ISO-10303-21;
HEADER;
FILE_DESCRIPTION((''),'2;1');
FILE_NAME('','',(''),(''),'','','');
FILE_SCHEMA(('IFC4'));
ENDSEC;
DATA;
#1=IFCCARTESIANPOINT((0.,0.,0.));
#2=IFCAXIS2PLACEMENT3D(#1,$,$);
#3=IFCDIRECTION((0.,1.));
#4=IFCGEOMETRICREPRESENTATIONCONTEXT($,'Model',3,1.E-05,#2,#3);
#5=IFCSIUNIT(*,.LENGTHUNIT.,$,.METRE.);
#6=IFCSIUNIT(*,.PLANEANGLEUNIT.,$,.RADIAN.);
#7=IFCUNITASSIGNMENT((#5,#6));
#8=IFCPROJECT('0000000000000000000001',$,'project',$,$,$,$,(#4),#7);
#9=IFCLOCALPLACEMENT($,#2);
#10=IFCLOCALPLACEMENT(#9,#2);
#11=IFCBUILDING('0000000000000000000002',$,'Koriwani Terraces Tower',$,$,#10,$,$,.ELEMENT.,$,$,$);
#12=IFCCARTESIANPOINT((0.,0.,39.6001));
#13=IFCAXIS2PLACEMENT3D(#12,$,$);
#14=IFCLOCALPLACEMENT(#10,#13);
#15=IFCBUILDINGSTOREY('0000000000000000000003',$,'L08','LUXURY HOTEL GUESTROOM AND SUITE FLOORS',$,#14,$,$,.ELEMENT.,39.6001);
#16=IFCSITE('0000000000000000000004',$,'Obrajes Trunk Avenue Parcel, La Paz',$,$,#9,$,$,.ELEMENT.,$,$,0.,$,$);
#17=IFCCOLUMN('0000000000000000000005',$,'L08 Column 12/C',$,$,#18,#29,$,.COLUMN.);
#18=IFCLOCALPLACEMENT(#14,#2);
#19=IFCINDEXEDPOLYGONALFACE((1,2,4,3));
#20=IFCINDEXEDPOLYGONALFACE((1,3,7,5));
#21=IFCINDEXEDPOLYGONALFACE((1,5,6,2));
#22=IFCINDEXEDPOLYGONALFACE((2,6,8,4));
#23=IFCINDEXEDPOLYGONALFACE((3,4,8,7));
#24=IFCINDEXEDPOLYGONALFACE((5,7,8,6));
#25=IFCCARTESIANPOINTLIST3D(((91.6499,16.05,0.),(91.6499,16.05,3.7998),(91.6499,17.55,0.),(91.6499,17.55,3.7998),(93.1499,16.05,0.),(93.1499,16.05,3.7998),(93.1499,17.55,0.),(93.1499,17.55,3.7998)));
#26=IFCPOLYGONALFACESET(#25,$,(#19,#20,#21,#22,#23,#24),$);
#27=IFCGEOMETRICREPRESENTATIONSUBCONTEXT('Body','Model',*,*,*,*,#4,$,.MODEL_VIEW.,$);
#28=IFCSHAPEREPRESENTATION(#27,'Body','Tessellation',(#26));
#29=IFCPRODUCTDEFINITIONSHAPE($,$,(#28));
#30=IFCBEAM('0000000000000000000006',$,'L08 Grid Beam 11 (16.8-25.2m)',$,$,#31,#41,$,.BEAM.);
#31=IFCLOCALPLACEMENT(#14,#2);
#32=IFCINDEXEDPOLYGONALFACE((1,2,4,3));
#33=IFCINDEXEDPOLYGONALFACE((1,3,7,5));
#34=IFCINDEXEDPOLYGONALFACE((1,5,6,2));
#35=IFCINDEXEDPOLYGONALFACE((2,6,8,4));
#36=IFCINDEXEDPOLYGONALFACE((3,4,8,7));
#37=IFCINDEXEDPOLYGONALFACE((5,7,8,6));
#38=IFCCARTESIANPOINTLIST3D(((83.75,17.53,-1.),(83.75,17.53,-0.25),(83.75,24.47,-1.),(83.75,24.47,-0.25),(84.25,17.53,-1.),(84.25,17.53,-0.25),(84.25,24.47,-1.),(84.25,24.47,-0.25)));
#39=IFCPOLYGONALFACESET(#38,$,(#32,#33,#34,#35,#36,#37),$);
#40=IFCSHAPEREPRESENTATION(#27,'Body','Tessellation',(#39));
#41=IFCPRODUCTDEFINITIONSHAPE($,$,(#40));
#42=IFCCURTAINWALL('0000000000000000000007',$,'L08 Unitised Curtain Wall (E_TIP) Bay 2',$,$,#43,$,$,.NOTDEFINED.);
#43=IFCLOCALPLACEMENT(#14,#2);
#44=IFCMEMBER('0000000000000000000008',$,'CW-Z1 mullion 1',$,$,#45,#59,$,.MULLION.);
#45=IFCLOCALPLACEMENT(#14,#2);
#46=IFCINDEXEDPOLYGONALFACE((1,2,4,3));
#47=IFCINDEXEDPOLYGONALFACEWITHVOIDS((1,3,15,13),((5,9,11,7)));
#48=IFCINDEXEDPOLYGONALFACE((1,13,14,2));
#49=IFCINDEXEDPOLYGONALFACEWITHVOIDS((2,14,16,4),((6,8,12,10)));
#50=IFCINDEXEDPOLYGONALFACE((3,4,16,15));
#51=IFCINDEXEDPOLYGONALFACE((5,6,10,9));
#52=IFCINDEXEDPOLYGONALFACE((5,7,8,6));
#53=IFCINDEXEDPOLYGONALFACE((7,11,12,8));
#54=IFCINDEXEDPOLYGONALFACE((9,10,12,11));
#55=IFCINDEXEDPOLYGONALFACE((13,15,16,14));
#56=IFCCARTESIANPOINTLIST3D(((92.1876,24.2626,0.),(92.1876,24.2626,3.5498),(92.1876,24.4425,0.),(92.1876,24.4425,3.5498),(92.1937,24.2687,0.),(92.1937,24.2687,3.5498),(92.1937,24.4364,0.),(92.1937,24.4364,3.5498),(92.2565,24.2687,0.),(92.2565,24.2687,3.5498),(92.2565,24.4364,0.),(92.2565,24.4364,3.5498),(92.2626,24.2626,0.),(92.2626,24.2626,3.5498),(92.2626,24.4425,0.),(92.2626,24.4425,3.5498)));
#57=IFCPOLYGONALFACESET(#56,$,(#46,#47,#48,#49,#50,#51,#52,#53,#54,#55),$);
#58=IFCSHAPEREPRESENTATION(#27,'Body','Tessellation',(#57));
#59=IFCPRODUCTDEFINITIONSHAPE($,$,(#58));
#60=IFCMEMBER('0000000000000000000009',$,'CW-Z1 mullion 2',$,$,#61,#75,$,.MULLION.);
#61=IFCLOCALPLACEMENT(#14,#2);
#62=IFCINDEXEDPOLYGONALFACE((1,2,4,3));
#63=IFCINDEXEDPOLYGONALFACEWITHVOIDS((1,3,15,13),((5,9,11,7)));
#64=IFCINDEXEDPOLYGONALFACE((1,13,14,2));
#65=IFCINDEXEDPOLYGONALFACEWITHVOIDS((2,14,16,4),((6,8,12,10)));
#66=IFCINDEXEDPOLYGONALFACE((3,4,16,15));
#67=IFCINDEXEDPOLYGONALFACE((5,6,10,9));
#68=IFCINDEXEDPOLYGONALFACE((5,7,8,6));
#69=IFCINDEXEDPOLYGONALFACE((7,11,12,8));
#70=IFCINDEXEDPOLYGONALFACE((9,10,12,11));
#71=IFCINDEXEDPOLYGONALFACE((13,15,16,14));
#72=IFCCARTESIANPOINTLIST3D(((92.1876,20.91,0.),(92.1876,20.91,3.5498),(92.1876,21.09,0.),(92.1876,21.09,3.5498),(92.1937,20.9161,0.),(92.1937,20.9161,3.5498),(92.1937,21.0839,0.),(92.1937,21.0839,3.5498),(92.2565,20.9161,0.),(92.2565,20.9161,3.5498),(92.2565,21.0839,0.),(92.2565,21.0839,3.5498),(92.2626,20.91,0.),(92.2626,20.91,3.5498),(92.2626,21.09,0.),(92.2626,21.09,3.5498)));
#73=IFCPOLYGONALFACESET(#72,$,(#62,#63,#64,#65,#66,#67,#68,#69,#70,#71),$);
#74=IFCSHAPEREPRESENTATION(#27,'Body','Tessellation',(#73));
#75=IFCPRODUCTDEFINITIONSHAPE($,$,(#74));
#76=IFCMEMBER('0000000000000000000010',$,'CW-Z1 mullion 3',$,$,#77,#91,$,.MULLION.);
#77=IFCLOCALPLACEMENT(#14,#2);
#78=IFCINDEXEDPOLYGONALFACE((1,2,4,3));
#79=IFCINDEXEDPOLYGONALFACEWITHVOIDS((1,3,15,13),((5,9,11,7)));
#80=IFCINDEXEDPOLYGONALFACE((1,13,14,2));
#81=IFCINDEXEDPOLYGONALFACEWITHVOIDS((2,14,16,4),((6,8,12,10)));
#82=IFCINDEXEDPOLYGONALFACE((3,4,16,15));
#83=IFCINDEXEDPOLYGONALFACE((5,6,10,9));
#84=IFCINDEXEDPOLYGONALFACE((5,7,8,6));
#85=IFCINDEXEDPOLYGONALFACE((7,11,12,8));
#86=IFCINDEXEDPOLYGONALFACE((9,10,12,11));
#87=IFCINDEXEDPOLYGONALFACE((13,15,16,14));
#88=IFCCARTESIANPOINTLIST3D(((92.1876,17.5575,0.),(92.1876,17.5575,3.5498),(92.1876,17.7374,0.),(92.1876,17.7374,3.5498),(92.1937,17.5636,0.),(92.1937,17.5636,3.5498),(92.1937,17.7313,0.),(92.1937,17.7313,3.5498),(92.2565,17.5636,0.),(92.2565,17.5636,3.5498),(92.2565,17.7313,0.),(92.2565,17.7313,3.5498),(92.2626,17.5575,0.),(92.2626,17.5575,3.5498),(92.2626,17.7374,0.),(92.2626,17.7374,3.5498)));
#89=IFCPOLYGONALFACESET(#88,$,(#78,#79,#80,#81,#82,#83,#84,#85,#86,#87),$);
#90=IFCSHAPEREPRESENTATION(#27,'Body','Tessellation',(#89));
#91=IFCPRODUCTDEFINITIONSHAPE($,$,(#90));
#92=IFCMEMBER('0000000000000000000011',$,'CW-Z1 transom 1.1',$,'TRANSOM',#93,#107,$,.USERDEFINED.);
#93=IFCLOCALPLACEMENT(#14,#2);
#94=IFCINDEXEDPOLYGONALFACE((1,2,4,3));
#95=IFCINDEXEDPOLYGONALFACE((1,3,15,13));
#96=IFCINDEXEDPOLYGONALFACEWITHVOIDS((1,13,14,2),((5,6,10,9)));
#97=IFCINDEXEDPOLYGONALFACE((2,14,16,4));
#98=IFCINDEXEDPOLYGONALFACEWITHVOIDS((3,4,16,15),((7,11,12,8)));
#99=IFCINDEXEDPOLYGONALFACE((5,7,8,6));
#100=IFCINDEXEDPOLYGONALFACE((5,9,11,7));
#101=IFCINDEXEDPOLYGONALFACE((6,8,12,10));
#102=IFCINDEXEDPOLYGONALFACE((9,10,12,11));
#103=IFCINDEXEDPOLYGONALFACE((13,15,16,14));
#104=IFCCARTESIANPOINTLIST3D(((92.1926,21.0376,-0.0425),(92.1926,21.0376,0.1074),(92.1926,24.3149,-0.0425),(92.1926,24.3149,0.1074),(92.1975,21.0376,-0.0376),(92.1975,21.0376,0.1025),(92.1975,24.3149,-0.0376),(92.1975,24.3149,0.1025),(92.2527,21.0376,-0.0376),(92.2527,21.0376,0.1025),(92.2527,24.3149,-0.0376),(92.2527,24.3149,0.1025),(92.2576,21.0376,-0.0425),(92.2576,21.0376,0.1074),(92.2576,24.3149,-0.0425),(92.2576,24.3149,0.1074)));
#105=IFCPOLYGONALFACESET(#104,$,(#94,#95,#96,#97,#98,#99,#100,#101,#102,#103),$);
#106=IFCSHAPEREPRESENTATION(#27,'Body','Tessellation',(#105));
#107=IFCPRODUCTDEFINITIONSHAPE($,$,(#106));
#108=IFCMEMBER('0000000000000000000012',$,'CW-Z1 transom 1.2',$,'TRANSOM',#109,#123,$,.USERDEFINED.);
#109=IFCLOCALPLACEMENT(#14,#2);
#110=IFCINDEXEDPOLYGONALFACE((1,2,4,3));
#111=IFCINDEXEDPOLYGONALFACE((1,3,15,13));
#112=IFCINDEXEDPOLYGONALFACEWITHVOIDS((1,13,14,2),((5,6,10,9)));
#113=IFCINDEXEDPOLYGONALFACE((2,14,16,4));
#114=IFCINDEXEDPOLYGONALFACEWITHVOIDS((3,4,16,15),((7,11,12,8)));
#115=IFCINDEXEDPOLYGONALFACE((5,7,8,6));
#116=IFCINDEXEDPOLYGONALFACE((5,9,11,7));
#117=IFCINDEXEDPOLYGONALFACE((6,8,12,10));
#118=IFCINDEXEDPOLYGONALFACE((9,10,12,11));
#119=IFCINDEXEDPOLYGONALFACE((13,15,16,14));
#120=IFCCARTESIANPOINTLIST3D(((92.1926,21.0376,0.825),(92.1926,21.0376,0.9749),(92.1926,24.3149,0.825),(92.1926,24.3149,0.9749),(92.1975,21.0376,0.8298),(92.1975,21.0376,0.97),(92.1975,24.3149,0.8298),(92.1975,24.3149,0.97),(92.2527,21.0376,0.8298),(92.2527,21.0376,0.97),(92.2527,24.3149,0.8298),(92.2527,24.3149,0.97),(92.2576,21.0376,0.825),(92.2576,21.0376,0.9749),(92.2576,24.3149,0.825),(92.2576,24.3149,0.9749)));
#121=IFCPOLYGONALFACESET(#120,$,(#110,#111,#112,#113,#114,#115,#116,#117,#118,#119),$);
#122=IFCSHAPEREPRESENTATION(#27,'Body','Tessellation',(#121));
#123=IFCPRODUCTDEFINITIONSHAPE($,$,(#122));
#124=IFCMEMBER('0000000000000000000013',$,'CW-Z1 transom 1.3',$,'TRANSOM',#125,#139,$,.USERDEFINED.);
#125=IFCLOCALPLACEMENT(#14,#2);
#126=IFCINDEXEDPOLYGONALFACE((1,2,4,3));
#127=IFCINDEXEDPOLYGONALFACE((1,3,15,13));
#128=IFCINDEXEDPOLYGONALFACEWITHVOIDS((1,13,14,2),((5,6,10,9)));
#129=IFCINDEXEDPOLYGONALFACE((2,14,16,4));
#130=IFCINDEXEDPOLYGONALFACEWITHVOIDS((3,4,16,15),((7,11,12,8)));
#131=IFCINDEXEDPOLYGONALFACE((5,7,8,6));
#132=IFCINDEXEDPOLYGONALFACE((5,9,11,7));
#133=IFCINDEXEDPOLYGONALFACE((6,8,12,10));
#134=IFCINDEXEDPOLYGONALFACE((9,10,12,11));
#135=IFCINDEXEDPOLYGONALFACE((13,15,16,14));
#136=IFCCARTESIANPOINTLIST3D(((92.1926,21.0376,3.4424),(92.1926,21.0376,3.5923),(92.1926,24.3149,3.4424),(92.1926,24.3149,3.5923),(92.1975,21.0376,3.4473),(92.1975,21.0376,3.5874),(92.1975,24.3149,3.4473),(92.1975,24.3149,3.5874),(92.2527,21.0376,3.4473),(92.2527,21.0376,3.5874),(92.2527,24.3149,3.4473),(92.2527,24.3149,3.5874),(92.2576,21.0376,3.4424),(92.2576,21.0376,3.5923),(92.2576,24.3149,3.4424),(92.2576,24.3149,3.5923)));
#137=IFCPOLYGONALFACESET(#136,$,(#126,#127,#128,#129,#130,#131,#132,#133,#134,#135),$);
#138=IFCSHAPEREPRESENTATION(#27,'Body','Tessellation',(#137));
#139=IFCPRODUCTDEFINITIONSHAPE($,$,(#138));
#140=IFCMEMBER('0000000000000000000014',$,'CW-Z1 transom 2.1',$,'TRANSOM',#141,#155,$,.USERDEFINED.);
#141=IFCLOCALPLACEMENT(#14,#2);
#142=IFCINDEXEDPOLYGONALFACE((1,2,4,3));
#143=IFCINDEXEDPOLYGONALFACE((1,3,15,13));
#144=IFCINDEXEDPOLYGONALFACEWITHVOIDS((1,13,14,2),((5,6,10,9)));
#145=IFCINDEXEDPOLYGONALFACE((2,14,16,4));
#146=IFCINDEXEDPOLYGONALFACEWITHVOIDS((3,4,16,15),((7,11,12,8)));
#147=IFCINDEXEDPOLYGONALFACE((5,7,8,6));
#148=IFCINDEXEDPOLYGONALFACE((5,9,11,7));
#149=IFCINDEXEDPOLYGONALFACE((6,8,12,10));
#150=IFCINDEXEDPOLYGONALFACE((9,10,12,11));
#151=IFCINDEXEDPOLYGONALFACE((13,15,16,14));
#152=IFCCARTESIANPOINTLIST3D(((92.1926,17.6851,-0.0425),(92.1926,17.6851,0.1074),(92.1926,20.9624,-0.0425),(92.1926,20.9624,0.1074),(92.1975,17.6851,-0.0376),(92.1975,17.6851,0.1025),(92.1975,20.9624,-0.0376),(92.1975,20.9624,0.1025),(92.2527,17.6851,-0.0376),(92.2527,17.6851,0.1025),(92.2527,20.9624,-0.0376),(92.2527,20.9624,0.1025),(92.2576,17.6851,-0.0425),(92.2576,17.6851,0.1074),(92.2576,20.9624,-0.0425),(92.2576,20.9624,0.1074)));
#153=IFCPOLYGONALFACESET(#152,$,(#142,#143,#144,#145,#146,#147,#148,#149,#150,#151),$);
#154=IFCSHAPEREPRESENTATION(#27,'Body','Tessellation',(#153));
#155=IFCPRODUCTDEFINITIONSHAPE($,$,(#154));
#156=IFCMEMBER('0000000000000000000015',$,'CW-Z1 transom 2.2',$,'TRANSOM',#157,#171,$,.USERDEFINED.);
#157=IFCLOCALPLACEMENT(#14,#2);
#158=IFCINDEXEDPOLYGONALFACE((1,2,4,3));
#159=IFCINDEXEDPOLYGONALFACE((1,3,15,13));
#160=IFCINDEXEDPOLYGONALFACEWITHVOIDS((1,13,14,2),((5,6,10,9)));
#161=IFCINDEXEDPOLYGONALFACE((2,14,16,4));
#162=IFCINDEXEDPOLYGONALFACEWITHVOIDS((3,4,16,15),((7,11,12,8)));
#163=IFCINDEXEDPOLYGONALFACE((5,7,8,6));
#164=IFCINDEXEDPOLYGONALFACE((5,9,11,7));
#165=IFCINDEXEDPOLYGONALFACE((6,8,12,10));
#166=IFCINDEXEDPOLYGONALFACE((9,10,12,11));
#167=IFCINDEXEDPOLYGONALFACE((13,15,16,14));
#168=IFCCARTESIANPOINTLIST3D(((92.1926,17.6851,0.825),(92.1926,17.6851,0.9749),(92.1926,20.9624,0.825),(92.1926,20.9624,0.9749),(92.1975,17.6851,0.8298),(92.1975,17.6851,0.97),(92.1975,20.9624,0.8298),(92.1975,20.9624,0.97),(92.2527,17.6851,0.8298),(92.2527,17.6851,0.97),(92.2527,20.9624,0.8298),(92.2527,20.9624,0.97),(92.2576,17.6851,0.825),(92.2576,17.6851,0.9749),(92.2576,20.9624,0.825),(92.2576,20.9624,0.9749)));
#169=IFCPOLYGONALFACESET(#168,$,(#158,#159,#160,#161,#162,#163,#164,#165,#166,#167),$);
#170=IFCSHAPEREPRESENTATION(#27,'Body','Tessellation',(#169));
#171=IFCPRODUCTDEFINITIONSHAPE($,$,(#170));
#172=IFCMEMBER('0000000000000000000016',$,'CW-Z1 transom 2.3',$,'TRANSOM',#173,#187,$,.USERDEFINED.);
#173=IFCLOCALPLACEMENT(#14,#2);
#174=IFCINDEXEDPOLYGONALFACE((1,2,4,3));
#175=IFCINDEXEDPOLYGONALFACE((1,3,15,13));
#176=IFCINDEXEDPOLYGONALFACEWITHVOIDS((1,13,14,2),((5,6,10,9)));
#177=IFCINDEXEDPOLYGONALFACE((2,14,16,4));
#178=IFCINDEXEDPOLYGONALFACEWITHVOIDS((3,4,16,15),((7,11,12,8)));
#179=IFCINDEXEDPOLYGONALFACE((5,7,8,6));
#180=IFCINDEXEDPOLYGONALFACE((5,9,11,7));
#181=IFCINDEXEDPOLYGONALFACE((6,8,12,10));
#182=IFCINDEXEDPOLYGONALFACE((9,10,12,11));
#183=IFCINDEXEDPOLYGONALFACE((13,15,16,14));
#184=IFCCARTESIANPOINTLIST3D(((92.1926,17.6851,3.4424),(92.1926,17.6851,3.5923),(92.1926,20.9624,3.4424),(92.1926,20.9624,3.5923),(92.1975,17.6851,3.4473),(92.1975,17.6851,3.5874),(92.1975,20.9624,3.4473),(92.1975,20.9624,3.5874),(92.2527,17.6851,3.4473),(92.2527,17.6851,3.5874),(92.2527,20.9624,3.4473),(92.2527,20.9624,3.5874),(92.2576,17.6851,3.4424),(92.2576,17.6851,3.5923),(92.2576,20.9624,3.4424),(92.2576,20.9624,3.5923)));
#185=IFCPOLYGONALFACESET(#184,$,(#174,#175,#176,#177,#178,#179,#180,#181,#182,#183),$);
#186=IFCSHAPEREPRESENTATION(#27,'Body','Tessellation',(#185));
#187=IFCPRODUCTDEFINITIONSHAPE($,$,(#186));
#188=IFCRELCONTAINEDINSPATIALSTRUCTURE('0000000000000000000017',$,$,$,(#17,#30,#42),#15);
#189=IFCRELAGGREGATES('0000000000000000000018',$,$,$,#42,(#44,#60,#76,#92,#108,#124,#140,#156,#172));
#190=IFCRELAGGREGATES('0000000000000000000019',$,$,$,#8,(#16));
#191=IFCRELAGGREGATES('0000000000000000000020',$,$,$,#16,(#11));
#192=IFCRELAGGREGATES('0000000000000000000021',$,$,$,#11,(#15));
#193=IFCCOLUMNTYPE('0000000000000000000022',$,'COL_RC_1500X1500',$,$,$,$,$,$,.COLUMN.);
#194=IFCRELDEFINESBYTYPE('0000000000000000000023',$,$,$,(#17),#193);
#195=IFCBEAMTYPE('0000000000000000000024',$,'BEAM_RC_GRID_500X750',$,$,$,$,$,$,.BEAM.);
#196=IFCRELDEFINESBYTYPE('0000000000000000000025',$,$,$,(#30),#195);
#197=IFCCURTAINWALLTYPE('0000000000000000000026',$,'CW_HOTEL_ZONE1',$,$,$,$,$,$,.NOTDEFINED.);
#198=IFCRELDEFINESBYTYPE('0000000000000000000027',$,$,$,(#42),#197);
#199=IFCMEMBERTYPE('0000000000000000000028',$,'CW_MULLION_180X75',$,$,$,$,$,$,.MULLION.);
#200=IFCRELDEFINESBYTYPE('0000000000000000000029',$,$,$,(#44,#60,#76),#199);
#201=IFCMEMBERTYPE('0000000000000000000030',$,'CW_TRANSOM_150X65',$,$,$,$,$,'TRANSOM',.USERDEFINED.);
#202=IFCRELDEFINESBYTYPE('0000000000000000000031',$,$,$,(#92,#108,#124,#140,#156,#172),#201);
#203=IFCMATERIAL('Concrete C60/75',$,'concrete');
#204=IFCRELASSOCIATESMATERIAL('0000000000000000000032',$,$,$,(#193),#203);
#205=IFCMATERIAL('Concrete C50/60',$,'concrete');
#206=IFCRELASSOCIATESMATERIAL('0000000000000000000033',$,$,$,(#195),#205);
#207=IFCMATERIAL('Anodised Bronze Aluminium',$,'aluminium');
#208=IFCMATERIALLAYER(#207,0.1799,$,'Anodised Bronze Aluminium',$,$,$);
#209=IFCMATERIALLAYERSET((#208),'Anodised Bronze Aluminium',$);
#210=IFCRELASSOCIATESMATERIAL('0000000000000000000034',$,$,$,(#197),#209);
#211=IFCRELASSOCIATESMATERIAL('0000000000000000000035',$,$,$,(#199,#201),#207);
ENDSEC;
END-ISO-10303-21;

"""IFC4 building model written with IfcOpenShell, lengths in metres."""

from ifc_helpers import new_model, si_unit, direction, frame, origin, origin_2d, place, context, subcontext, project, spatial, rectangle, hollow_rectangle, extrude, material, layer, layer_set, material_profile, profile_set, type_object, element, aggregate, save


model = new_model("IFC4")

# Units and contexts
model_context = context("Model", 3, precision=1e-05, world=origin(), true_north=direction((0.0, 1.0)))
body_context = subcontext(model_context, "Body", "Model", "MODEL_VIEW")
ifc_project = project(units=[si_unit("LENGTHUNIT", "METRE"), si_unit("PLANEANGLEUNIT", "RADIAN")], contexts=[model_context])

# Site, building, storey
site_placement = place(None, origin())
site = spatial("IfcSite", under=ifc_project, at=site_placement, Name="Obrajes Trunk Avenue Parcel, La Paz", CompositionType="ELEMENT", RefElevation=0.0)
building_placement = place(site_placement, origin())
building = spatial("IfcBuilding", under=site, at=building_placement, Name="Koriwani Terraces Tower", CompositionType="ELEMENT")
storey_placement = place(building_placement, frame((0.0, 0.0, 39.6001)))
storey = spatial("IfcBuildingStorey", under=building, at=storey_placement, Name="L08", Description="LUXURY HOTEL GUESTROOM AND SUITE FLOORS", CompositionType="ELEMENT", Elevation=39.6001)

# Column
ifc_material_1 = material(Name="Concrete C60/75", Category="concrete")
ifc_material_profile_1 = material_profile(ifc_material_1, rectangle(XDim=1.5, YDim=1.5, at=origin_2d()), Name="Concrete C60/75", Category="LoadBearing")
ifc_profile_set_1 = profile_set([ifc_material_profile_1], Name="Concrete C60/75")
column_type = type_object("IfcColumnType", Name="COL_RC_1500X1500", PredefinedType="COLUMN", material=ifc_profile_set_1)
column_placement = place(storey_placement, frame((92.3999, 16.8, 0.0), z_axis=(0.0, 0.0, 1.0), x_axis=(1.0, 0.0, 0.0)))
element("IfcColumn", 1, at=column_placement, inside=storey, type_object=column_type, Name="L08 Column 12/C", PredefinedType="COLUMN", context=body_context, shape_type="SweptSolid", body=[
    extrude(rectangle(XDim=1.5, YDim=1.5, at=origin_2d()), origin(), (0.0, 0.0, 1.0), 3.7998),
])

# Beam
ifc_material_2 = material(Name="Concrete C50/60", Category="concrete")
ifc_material_profile_2 = material_profile(ifc_material_2, rectangle(XDim=0.5, YDim=0.75, at=origin_2d()), Name="Concrete C50/60", Category="LoadBearing")
ifc_profile_set_2 = profile_set([ifc_material_profile_2], Name="Concrete C50/60")
beam_type_1 = type_object("IfcBeamType", Name="BEAM_RC_GRID_500X750", PredefinedType="BEAM", material=ifc_profile_set_2)
beam_1_placement = place(storey_placement, frame((84.0, 17.53, -0.625), z_axis=(0.0, 1.0, 0.0), x_axis=(-1.0, 0.0, 0.0)))
element("IfcBeam", 2, at=beam_1_placement, inside=storey, type_object=beam_type_1, Name="L08 Grid Beam 11 (16.8-25.2m)", PredefinedType="BEAM", context=body_context, shape_type="SweptSolid", body=[
    extrude(rectangle(XDim=0.5, YDim=0.75, at=origin_2d()), origin(), (0.0, 0.0, 1.0), 6.9399),
])

# Curtain wall, members
ifc_material_3 = material(Name="Anodised Bronze Aluminium", Category="aluminium")
ifc_layer_1 = layer(ifc_material_3, 0.1799, Name="Anodised Bronze Aluminium")
ifc_layer_set_1 = layer_set([ifc_layer_1], Name="Anodised Bronze Aluminium")
curtain_wall_type = type_object("IfcCurtainWallType", Name="CW_HOTEL_ZONE1", PredefinedType="NOTDEFINED", material=ifc_layer_set_1)
curtain_wall_placement = place(storey_placement, origin())
curtain_wall = element("IfcCurtainWall", 3, at=curtain_wall_placement, inside=storey, type_object=curtain_wall_type, Name="L08 Unitised Curtain Wall (E_TIP) Bay 2", PredefinedType="NOTDEFINED")
ifc_material_profile_3 = material_profile(ifc_material_3, hollow_rectangle(XDim=0.075, YDim=0.1799, WallThickness=0.0061, at=origin_2d()), Name="Anodised Bronze Aluminium", Category="LoadBearing")
ifc_profile_set_3 = profile_set([ifc_material_profile_3], Name="Anodised Bronze Aluminium")
member_type_1 = type_object("IfcMemberType", Name="CW_MULLION_180X75", PredefinedType="MULLION", material=ifc_profile_set_3)
member_1_placement = place(storey_placement, frame((92.2251, 24.3525, 0.0), z_axis=(0.0, 0.0, 1.0), x_axis=(1.0, 0.0, 0.0)))
member_1 = element("IfcMember", 4, at=member_1_placement, type_object=member_type_1, Name="CW-Z1 mullion 1", PredefinedType="MULLION", context=body_context, shape_type="SweptSolid", body=[
    extrude(hollow_rectangle(XDim=0.075, YDim=0.1799, WallThickness=0.0061, at=origin_2d()), origin(), (0.0, 0.0, 1.0), 3.5498),
])
member_2_placement = place(storey_placement, frame((92.2251, 21.0, 0.0), z_axis=(0.0, 0.0, 1.0), x_axis=(1.0, 0.0, 0.0)))
member_2 = element("IfcMember", 5, at=member_2_placement, type_object=member_type_1, Name="CW-Z1 mullion 2", PredefinedType="MULLION", context=body_context, shape_type="SweptSolid", body=[
    extrude(hollow_rectangle(XDim=0.075, YDim=0.1799, WallThickness=0.0061, at=origin_2d()), origin(), (0.0, 0.0, 1.0), 3.5498),
])
member_3_placement = place(storey_placement, frame((92.2251, 17.6475, 0.0), z_axis=(0.0, 0.0, 1.0), x_axis=(1.0, 0.0, 0.0)))
member_3 = element("IfcMember", 6, at=member_3_placement, type_object=member_type_1, Name="CW-Z1 mullion 3", PredefinedType="MULLION", context=body_context, shape_type="SweptSolid", body=[
    extrude(hollow_rectangle(XDim=0.075, YDim=0.1799, WallThickness=0.0061, at=origin_2d()), origin(), (0.0, 0.0, 1.0), 3.5498),
])
ifc_material_profile_4 = material_profile(ifc_material_3, hollow_rectangle(XDim=0.0649, YDim=0.1499, WallThickness=0.0049, at=origin_2d()), Name="Anodised Bronze Aluminium", Category="LoadBearing")
ifc_profile_set_4 = profile_set([ifc_material_profile_4], Name="Anodised Bronze Aluminium")
member_type_2 = type_object("IfcMemberType", Name="CW_TRANSOM_150X65", ElementType="TRANSOM", PredefinedType="USERDEFINED", material=ifc_profile_set_4)
member_4_placement = place(storey_placement, frame((92.2251, 24.3149, 0.0325), z_axis=(0.0, -1.0, 0.0), x_axis=(1.0, 0.0, 0.0)))
member_4 = element("IfcMember", 7, at=member_4_placement, type_object=member_type_2, Name="CW-Z1 transom 1.1", ObjectType="TRANSOM", PredefinedType="USERDEFINED", context=body_context, shape_type="SweptSolid", body=[
    extrude(hollow_rectangle(XDim=0.0649, YDim=0.1499, WallThickness=0.0049, at=origin_2d()), origin(), (0.0, 0.0, 1.0), 3.2773),
])
member_5_placement = place(storey_placement, frame((92.2251, 24.3149, 0.8999), z_axis=(0.0, -1.0, 0.0), x_axis=(1.0, 0.0, 0.0)))
member_5 = element("IfcMember", 8, at=member_5_placement, type_object=member_type_2, Name="CW-Z1 transom 1.2", ObjectType="TRANSOM", PredefinedType="USERDEFINED", context=body_context, shape_type="SweptSolid", body=[
    extrude(hollow_rectangle(XDim=0.0649, YDim=0.1499, WallThickness=0.0049, at=origin_2d()), origin(), (0.0, 0.0, 1.0), 3.2773),
])
member_6_placement = place(storey_placement, frame((92.2251, 24.3149, 3.5173), z_axis=(0.0, -1.0, 0.0), x_axis=(1.0, 0.0, 0.0)))
member_6 = element("IfcMember", 9, at=member_6_placement, type_object=member_type_2, Name="CW-Z1 transom 1.3", ObjectType="TRANSOM", PredefinedType="USERDEFINED", context=body_context, shape_type="SweptSolid", body=[
    extrude(hollow_rectangle(XDim=0.0649, YDim=0.1499, WallThickness=0.0049, at=origin_2d()), origin(), (0.0, 0.0, 1.0), 3.2773),
])
member_7_placement = place(storey_placement, frame((92.2251, 20.9624, 0.0325), z_axis=(0.0, -1.0, 0.0), x_axis=(1.0, 0.0, 0.0)))
member_7 = element("IfcMember", 10, at=member_7_placement, type_object=member_type_2, Name="CW-Z1 transom 2.1", ObjectType="TRANSOM", PredefinedType="USERDEFINED", context=body_context, shape_type="SweptSolid", body=[
    extrude(hollow_rectangle(XDim=0.0649, YDim=0.1499, WallThickness=0.0049, at=origin_2d()), origin(), (0.0, 0.0, 1.0), 3.2773),
])
member_8_placement = place(storey_placement, frame((92.2251, 20.9624, 0.8999), z_axis=(0.0, -1.0, 0.0), x_axis=(1.0, 0.0, 0.0)))
member_8 = element("IfcMember", 11, at=member_8_placement, type_object=member_type_2, Name="CW-Z1 transom 2.2", ObjectType="TRANSOM", PredefinedType="USERDEFINED", context=body_context, shape_type="SweptSolid", body=[
    extrude(hollow_rectangle(XDim=0.0649, YDim=0.1499, WallThickness=0.0049, at=origin_2d()), origin(), (0.0, 0.0, 1.0), 3.2773),
])
member_9_placement = place(storey_placement, frame((92.2251, 20.9624, 3.5173), z_axis=(0.0, -1.0, 0.0), x_axis=(1.0, 0.0, 0.0)))
member_9 = element("IfcMember", 12, at=member_9_placement, type_object=member_type_2, Name="CW-Z1 transom 2.3", ObjectType="TRANSOM", PredefinedType="USERDEFINED", context=body_context, shape_type="SweptSolid", body=[
    extrude(hollow_rectangle(XDim=0.0649, YDim=0.1499, WallThickness=0.0049, at=origin_2d()), origin(), (0.0, 0.0, 1.0), 3.2773),
])

aggregate(curtain_wall, [member_1, member_2, member_3, member_4, member_5, member_6, member_7, member_8, member_9])

save(model, "model.ifc")
